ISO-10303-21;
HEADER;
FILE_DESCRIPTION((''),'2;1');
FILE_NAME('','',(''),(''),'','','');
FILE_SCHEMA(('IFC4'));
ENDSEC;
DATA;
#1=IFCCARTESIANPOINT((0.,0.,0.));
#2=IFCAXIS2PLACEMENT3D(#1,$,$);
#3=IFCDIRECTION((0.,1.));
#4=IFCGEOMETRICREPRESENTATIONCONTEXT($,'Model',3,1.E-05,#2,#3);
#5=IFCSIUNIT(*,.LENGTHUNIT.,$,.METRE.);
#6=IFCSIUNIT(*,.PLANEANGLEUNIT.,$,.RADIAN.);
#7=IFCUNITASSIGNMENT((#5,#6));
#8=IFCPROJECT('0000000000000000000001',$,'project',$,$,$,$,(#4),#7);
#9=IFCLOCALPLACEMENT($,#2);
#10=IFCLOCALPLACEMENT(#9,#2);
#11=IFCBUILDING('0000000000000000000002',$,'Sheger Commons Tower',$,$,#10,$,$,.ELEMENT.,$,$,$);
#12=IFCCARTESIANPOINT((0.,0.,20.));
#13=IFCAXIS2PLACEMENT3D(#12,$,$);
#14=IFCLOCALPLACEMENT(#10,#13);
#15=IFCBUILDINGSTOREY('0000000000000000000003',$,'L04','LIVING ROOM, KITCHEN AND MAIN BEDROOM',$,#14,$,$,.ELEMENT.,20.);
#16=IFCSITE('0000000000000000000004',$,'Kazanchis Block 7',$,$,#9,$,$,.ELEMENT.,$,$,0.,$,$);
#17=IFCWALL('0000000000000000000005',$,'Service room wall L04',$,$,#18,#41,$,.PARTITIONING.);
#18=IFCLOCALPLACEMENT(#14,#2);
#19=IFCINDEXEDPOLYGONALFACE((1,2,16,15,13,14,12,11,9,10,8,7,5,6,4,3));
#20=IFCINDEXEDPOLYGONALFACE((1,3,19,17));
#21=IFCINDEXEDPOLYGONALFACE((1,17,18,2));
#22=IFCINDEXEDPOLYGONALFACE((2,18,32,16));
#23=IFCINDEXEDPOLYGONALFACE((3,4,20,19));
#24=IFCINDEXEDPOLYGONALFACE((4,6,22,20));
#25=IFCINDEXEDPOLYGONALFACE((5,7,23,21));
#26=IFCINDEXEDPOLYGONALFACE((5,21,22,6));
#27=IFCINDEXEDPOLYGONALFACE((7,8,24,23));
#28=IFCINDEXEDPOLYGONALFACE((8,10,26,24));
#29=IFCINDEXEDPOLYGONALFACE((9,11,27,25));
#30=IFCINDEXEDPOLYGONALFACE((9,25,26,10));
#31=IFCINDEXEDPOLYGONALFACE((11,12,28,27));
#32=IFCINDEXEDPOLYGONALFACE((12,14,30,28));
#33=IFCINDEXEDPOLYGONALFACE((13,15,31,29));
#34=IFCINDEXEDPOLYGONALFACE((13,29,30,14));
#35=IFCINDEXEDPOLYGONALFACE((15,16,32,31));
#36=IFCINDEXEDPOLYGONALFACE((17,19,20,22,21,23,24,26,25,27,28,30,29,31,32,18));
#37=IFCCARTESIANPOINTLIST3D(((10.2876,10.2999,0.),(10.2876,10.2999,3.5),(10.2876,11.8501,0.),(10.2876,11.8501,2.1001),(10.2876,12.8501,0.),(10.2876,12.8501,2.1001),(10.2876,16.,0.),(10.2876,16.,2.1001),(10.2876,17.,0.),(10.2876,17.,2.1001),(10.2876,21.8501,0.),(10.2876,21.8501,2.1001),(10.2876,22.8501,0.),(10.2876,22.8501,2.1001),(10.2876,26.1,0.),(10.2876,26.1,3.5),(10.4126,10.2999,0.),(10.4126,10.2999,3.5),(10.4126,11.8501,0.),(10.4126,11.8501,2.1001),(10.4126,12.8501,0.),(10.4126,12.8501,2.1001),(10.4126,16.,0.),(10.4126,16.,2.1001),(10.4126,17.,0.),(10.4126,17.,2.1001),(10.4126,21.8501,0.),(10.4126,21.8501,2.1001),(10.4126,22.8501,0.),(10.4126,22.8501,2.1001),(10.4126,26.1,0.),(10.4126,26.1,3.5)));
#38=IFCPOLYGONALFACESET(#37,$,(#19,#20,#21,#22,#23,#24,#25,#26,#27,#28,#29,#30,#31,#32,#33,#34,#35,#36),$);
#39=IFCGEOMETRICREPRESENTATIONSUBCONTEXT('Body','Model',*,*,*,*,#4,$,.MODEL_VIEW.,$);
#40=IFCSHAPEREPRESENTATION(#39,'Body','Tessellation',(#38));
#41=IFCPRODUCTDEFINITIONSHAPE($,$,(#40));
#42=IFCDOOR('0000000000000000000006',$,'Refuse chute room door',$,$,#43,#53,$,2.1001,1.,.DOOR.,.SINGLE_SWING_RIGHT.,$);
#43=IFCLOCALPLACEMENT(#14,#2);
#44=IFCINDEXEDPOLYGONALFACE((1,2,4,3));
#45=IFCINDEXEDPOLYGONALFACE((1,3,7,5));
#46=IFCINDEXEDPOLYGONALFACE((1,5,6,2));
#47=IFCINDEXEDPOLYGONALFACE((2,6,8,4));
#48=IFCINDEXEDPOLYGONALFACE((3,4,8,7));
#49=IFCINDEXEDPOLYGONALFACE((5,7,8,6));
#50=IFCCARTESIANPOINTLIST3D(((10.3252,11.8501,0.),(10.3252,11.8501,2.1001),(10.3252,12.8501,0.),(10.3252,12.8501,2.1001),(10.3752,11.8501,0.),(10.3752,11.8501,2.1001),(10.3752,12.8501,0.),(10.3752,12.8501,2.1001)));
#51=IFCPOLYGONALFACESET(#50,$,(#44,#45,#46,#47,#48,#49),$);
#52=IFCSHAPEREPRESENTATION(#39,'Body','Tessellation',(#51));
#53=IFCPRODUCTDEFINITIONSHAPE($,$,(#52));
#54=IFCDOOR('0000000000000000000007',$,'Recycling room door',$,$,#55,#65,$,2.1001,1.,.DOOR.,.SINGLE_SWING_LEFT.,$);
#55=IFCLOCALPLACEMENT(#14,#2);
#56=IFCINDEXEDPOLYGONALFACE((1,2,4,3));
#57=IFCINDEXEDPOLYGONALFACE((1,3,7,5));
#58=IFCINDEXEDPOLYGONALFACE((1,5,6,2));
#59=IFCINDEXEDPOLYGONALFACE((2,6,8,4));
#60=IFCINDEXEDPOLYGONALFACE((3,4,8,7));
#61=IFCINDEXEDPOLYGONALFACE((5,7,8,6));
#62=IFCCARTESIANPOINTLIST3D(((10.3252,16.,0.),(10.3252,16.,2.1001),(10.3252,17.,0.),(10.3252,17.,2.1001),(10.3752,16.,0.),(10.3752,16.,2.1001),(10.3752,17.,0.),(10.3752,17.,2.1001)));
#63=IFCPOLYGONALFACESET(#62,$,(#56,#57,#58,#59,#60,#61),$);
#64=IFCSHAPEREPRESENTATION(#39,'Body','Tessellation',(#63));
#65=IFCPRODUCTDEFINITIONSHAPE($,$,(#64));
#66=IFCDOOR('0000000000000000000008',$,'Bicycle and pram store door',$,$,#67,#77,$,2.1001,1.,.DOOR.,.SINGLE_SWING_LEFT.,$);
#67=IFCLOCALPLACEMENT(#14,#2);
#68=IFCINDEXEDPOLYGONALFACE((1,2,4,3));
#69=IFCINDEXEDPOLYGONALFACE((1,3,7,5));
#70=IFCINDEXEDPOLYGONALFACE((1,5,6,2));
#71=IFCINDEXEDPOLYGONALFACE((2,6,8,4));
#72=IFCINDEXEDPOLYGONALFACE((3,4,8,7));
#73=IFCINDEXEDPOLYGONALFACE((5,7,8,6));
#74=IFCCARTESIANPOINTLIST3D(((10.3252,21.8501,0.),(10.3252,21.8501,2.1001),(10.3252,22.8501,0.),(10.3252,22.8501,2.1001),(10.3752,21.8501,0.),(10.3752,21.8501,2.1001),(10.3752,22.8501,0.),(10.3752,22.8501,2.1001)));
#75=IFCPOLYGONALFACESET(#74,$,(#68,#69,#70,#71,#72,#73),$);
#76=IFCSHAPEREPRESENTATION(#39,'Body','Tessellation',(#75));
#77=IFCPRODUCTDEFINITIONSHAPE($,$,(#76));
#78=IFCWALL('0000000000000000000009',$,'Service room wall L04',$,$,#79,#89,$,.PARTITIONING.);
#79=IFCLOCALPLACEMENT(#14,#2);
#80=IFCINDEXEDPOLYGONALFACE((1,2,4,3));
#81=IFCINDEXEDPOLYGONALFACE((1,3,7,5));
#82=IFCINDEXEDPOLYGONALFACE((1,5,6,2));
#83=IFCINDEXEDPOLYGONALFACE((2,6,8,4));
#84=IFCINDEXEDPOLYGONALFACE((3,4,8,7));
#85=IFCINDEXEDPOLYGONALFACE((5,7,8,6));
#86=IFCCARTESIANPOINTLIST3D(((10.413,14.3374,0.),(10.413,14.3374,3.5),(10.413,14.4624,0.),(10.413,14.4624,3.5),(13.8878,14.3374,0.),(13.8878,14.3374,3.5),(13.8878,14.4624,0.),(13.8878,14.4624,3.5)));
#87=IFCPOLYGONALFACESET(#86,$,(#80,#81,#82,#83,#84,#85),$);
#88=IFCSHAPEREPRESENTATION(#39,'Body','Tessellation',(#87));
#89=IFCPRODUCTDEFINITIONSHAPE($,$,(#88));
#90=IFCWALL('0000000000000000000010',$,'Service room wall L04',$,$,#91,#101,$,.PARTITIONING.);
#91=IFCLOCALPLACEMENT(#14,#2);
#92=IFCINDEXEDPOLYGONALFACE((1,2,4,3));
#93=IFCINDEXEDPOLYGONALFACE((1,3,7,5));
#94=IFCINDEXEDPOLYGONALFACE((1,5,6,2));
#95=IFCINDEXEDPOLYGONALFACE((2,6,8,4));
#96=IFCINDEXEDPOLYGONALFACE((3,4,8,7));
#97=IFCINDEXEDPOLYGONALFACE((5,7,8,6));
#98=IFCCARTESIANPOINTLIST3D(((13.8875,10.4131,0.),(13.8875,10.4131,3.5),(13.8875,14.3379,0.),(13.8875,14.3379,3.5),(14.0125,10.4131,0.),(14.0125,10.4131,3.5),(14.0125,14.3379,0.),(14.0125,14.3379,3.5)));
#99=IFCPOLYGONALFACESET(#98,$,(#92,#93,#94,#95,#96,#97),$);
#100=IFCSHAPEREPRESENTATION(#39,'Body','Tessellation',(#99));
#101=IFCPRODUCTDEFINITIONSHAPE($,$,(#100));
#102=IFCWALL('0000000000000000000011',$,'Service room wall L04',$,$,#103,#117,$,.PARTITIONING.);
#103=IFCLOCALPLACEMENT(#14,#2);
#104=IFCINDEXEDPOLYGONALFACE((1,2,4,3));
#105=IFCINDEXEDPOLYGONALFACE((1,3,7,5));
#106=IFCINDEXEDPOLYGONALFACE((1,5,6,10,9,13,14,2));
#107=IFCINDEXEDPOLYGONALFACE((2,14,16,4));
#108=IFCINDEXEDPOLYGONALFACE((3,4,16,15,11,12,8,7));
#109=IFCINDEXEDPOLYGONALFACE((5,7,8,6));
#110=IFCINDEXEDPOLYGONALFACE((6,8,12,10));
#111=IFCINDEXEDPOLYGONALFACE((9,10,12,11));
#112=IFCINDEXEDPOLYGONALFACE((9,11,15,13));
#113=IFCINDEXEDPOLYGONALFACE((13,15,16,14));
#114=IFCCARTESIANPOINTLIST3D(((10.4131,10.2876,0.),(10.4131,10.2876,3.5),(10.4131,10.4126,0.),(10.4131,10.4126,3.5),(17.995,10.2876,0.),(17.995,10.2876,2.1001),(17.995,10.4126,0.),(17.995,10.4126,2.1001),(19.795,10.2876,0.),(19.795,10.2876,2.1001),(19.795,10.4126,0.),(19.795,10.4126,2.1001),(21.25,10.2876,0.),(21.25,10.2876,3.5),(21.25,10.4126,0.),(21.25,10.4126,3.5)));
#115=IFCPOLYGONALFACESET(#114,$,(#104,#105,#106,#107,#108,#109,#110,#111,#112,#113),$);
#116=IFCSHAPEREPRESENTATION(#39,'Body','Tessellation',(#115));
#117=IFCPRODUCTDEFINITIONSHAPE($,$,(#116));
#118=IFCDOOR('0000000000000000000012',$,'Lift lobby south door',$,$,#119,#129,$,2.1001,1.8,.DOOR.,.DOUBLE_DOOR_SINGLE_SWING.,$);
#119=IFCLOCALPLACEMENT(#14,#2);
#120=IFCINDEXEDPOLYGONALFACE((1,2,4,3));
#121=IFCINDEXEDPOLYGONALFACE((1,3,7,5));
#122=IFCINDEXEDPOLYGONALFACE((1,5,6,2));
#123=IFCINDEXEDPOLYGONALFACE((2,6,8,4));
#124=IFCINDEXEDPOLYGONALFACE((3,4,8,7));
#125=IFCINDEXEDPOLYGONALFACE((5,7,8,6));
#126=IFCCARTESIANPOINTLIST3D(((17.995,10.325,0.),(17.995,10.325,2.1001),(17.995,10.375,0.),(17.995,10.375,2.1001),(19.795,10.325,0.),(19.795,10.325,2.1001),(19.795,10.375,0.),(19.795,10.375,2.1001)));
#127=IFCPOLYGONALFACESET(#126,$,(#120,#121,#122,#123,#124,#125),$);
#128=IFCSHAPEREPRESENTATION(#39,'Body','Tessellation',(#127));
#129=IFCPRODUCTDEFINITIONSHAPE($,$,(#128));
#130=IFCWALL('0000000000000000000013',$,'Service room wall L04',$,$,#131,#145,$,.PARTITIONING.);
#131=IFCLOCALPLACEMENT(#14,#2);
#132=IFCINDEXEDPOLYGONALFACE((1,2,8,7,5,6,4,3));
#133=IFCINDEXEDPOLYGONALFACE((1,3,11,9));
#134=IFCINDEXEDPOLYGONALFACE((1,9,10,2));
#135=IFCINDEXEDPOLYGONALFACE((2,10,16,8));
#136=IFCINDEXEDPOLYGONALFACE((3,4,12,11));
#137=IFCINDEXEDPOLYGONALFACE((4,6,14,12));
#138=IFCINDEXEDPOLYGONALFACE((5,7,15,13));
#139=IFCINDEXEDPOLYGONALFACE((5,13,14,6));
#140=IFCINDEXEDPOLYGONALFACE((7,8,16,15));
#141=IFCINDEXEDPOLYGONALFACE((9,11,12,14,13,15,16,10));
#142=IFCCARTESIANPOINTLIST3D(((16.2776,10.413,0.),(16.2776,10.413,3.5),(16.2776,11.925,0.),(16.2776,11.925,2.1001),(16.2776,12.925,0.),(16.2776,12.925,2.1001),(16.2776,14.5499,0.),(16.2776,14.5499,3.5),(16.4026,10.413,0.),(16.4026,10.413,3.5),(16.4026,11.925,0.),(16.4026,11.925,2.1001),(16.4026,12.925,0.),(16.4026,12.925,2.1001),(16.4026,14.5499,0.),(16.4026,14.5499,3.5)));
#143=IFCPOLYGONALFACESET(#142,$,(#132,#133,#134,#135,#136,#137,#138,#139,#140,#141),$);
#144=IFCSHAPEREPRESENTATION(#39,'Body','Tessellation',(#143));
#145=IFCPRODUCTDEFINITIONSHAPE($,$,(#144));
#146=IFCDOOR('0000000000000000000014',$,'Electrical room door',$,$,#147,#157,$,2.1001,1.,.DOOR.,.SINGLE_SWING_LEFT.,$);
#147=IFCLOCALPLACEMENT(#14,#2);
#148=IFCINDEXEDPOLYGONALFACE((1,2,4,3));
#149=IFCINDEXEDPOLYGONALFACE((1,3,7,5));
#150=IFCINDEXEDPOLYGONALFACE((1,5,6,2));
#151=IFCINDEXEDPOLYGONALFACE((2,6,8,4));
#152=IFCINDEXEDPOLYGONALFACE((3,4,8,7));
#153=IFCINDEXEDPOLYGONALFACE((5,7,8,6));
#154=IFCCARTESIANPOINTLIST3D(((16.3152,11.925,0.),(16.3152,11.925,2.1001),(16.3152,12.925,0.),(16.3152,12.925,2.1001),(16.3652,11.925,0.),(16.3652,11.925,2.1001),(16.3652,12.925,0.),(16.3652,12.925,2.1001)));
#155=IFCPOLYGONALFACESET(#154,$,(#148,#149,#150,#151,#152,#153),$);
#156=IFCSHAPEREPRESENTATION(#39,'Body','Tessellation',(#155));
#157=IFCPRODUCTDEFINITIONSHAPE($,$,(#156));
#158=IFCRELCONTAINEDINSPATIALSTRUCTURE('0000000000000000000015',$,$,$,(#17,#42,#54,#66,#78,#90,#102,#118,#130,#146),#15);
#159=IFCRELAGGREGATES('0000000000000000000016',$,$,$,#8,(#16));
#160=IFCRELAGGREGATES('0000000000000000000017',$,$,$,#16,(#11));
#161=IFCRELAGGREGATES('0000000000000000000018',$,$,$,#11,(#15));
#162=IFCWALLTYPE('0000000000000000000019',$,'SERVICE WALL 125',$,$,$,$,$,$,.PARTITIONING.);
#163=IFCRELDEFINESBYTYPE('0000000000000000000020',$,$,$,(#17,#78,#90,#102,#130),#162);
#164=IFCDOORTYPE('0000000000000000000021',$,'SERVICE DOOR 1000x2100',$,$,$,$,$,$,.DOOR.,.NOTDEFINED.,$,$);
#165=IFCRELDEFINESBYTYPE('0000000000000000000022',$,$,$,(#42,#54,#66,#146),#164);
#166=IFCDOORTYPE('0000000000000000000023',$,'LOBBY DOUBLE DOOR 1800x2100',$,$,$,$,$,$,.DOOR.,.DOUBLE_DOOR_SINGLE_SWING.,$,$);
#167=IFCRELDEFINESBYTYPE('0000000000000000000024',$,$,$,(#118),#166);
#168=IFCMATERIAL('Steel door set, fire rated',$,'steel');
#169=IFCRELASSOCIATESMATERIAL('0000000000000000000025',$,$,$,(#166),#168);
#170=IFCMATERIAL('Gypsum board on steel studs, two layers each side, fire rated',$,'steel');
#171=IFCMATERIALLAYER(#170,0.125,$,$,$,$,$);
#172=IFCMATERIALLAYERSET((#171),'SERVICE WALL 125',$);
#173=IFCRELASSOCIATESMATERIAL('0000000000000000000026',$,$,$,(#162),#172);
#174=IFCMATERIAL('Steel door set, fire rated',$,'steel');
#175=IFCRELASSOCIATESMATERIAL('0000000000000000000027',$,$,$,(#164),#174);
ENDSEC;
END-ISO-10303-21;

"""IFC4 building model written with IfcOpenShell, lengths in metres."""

from ifc_helpers import new_model, si_unit, direction, frame, frame_2d, origin, place, context, subcontext, project, spatial, rectangle, extrude, material, layer, layer_set, type_object, element, fill, save


model = new_model("IFC4")

# Units and contexts
model_context = context("Model", 3, precision=1e-05, world=origin(), true_north=direction((0.0, 1.0)))
body_context = subcontext(model_context, "Body", "Model", "MODEL_VIEW")
ifc_project = project(units=[si_unit("LENGTHUNIT", "METRE"), si_unit("PLANEANGLEUNIT", "RADIAN")], contexts=[model_context])

# Site, building, storey
site_placement = place(None, origin())
site = spatial("IfcSite", under=ifc_project, at=site_placement, Name="Kazanchis Block 7", CompositionType="ELEMENT", RefElevation=0.0)
building_placement = place(site_placement, origin())
building = spatial("IfcBuilding", under=site, at=building_placement, Name="Sheger Commons Tower", CompositionType="ELEMENT")
storey_placement = place(building_placement, frame((0.0, 0.0, 20.0)))
storey = spatial("IfcBuildingStorey", under=building, at=storey_placement, Name="L04", Description="LIVING ROOM, KITCHEN AND MAIN BEDROOM", CompositionType="ELEMENT", Elevation=20.0)

# Shared definitions
ifc_material_1 = material(Name="Steel door set, fire rated", Category="steel")
door_type_1 = type_object("IfcDoorType", Name="LOBBY DOUBLE DOOR 1800x2100", OperationType="DOUBLE_DOOR_SINGLE_SWING", PredefinedType="DOOR", material=ifc_material_1)

# Wall, openings, doors
ifc_material_2 = material(Name="Gypsum board on steel studs, two layers each side, fire rated", Category="steel")
ifc_layer_1 = layer(ifc_material_2, 0.125)
ifc_layer_set_1 = layer_set([ifc_layer_1], Name="SERVICE WALL 125")
wall_type_1 = type_object("IfcWallType", Name="SERVICE WALL 125", PredefinedType="PARTITIONING", material=ifc_layer_set_1)
wall_1_placement = place(storey_placement, frame((10.3501, 10.3, 0.0), z_axis=(0.0, 0.0, 1.0), x_axis=(0.0, 1.0, 0.0)))
wall_1 = element("IfcWall", 1, at=wall_1_placement, inside=storey, type_object=wall_type_1, Name="Service room wall L04", PredefinedType="PARTITIONING", context=body_context, shape_type="SweptSolid", body=[
    extrude(rectangle(XDim=15.8, YDim=0.125, at=frame_2d((7.8999, 0.0))), origin(), (0.0, 0.0, 1.0), 3.5),
])
opening_1_placement = place(wall_1_placement, frame((1.55, 0.0, 0.0)))
opening_1 = element("IfcOpeningElement", 2, at=opening_1_placement, cuts=wall_1, PredefinedType="OPENING", context=body_context, shape_type="SweptSolid", body=[
    extrude(rectangle(XDim=1.0, YDim=2.1001, at=frame_2d((0.5, 1.05))), frame((0.0, 0.0725, 0.0), z_axis=(0.0, -1.0, 0.0), x_axis=(1.0, 0.0, 0.0)), (0.0, 0.0, 1.0), 0.145),
])
opening_2_placement = place(wall_1_placement, frame((5.7, 0.0, 0.0)))
opening_2 = element("IfcOpeningElement", 3, at=opening_2_placement, cuts=wall_1, PredefinedType="OPENING", context=body_context, shape_type="SweptSolid", body=[
    extrude(rectangle(XDim=1.0, YDim=2.1001, at=frame_2d((0.5, 1.05))), frame((0.0, 0.0725, 0.0), z_axis=(0.0, -1.0, 0.0), x_axis=(1.0, 0.0, 0.0)), (0.0, 0.0, 1.0), 0.145),
])
opening_3_placement = place(wall_1_placement, frame((11.55, 0.0, 0.0)))
opening_3 = element("IfcOpeningElement", 4, at=opening_3_placement, cuts=wall_1, PredefinedType="OPENING", context=body_context, shape_type="SweptSolid", body=[
    extrude(rectangle(XDim=1.0, YDim=2.1001, at=frame_2d((0.5, 1.05))), frame((0.0, 0.0725, 0.0), z_axis=(0.0, -1.0, 0.0), x_axis=(1.0, 0.0, 0.0)), (0.0, 0.0, 1.0), 0.145),
])
ifc_material_3 = material(Name="Steel door set, fire rated", Category="steel")
door_type_2 = type_object("IfcDoorType", Name="SERVICE DOOR 1000x2100", OperationType="NOTDEFINED", PredefinedType="DOOR", material=ifc_material_3)
door_1_placement = place(opening_1_placement, origin())
door_1 = element("IfcDoor", 5, at=door_1_placement, inside=storey, type_object=door_type_2, Name="Refuse chute room door", OperationType="SINGLE_SWING_RIGHT", OverallHeight=2.1001, OverallWidth=1.0, PredefinedType="DOOR", context=body_context, shape_type="SweptSolid", body=[
    extrude(rectangle(XDim=1.0, YDim=2.1001, at=frame_2d((0.5, 1.05))), frame((0.0, 0.0249, 0.0), z_axis=(0.0, -1.0, 0.0), x_axis=(1.0, 0.0, 0.0)), (0.0, 0.0, 1.0), 0.05),
])
fill(opening_1, door_1)
door_2_placement = place(opening_2_placement, origin())
door_2 = element("IfcDoor", 6, at=door_2_placement, inside=storey, type_object=door_type_2, Name="Recycling room door", OperationType="SINGLE_SWING_LEFT", OverallHeight=2.1001, OverallWidth=1.0, PredefinedType="DOOR", context=body_context, shape_type="SweptSolid", body=[
    extrude(rectangle(XDim=1.0, YDim=2.1001, at=frame_2d((0.5, 1.05))), frame((0.0, 0.0249, 0.0), z_axis=(0.0, -1.0, 0.0), x_axis=(1.0, 0.0, 0.0)), (0.0, 0.0, 1.0), 0.05),
])
fill(opening_2, door_2)
door_3_placement = place(opening_3_placement, origin())
door_3 = element("IfcDoor", 7, at=door_3_placement, inside=storey, type_object=door_type_2, Name="Bicycle and pram store door", OperationType="SINGLE_SWING_LEFT", OverallHeight=2.1001, OverallWidth=1.0, PredefinedType="DOOR", context=body_context, shape_type="SweptSolid", body=[
    extrude(rectangle(XDim=1.0, YDim=2.1001, at=frame_2d((0.5, 1.05))), frame((0.0, 0.0249, 0.0), z_axis=(0.0, -1.0, 0.0), x_axis=(1.0, 0.0, 0.0)), (0.0, 0.0, 1.0), 0.05),
])
fill(opening_3, door_3)

# Walls
wall_2_placement = place(storey_placement, frame((10.4131, 14.3999, 0.0), z_axis=(0.0, 0.0, 1.0), x_axis=(1.0, 0.0, 0.0)))
element("IfcWall", 8, at=wall_2_placement, inside=storey, type_object=wall_type_1, Name="Service room wall L04", PredefinedType="PARTITIONING", context=body_context, shape_type="SweptSolid", body=[
    extrude(rectangle(XDim=3.4749, YDim=0.125, at=frame_2d((1.7373, 0.0))), origin(), (0.0, 0.0, 1.0), 3.5),
])
wall_3_placement = place(storey_placement, frame((13.95, 10.4131, 0.0), z_axis=(0.0, 0.0, 1.0), x_axis=(0.0, 1.0, 0.0)))
element("IfcWall", 9, at=wall_3_placement, inside=storey, type_object=wall_type_1, Name="Service room wall L04", PredefinedType="PARTITIONING", context=body_context, shape_type="SweptSolid", body=[
    extrude(rectangle(XDim=3.9248, YDim=0.125, at=frame_2d((1.9624, 0.0))), origin(), (0.0, 0.0, 1.0), 3.5),
])

# Walls, openings, doors
wall_4_placement = place(storey_placement, frame((10.4131, 10.3501, 0.0), z_axis=(0.0, 0.0, 1.0), x_axis=(1.0, 0.0, 0.0)))
wall_4 = element("IfcWall", 10, at=wall_4_placement, inside=storey, type_object=wall_type_1, Name="Service room wall L04", PredefinedType="PARTITIONING", context=body_context, shape_type="SweptSolid", body=[
    extrude(rectangle(XDim=10.8369, YDim=0.125, at=frame_2d((5.4185, 0.0))), origin(), (0.0, 0.0, 1.0), 3.5),
])
opening_4_placement = place(wall_4_placement, frame((7.582, 0.0, 0.0)))
opening_4 = element("IfcOpeningElement", 11, at=opening_4_placement, cuts=wall_4, PredefinedType="OPENING", context=body_context, shape_type="SweptSolid", body=[
    extrude(rectangle(XDim=1.8, YDim=2.1001, at=frame_2d((0.8999, 1.05))), frame((0.0, 0.0725, 0.0), z_axis=(0.0, -1.0, 0.0), x_axis=(1.0, 0.0, 0.0)), (0.0, 0.0, 1.0), 0.145),
])
door_4_placement = place(opening_4_placement, origin())
door_4 = element("IfcDoor", 12, at=door_4_placement, inside=storey, type_object=door_type_1, Name="Lift lobby south door", OperationType="DOUBLE_DOOR_SINGLE_SWING", OverallHeight=2.1001, OverallWidth=1.8, PredefinedType="DOOR", context=body_context, shape_type="SweptSolid", body=[
    extrude(rectangle(XDim=1.8, YDim=2.1001, at=frame_2d((0.8999, 1.05))), frame((0.0, 0.0249, 0.0), z_axis=(0.0, -1.0, 0.0), x_axis=(1.0, 0.0, 0.0)), (0.0, 0.0, 1.0), 0.05),
])
fill(opening_4, door_4)
wall_5_placement = place(storey_placement, frame((16.3401, 10.4131, 0.0), z_axis=(0.0, 0.0, 1.0), x_axis=(0.0, 1.0, 0.0)))
wall_5 = element("IfcWall", 13, at=wall_5_placement, inside=storey, type_object=wall_type_1, Name="Service room wall L04", PredefinedType="PARTITIONING", context=body_context, shape_type="SweptSolid", body=[
    extrude(rectangle(XDim=4.137, YDim=0.125, at=frame_2d((2.0684, 0.0))), origin(), (0.0, 0.0, 1.0), 3.5),
])
opening_5_placement = place(wall_5_placement, frame((1.512, 0.0, 0.0)))
opening_5 = element("IfcOpeningElement", 14, at=opening_5_placement, cuts=wall_5, PredefinedType="OPENING", context=body_context, shape_type="SweptSolid", body=[
    extrude(rectangle(XDim=1.0, YDim=2.1001, at=frame_2d((0.5, 1.05))), frame((0.0, 0.0725, 0.0), z_axis=(0.0, -1.0, 0.0), x_axis=(1.0, 0.0, 0.0)), (0.0, 0.0, 1.0), 0.145),
])
door_5_placement = place(opening_5_placement, origin())
door_5 = element("IfcDoor", 15, at=door_5_placement, inside=storey, type_object=door_type_2, Name="Electrical room door", OperationType="SINGLE_SWING_LEFT", OverallHeight=2.1001, OverallWidth=1.0, PredefinedType="DOOR", context=body_context, shape_type="SweptSolid", body=[
    extrude(rectangle(XDim=1.0, YDim=2.1001, at=frame_2d((0.5, 1.05))), frame((0.0, 0.0249, 0.0), z_axis=(0.0, -1.0, 0.0), x_axis=(1.0, 0.0, 0.0)), (0.0, 0.0, 1.0), 0.05),
])
fill(opening_5, door_5)

save(model, "model.ifc")
